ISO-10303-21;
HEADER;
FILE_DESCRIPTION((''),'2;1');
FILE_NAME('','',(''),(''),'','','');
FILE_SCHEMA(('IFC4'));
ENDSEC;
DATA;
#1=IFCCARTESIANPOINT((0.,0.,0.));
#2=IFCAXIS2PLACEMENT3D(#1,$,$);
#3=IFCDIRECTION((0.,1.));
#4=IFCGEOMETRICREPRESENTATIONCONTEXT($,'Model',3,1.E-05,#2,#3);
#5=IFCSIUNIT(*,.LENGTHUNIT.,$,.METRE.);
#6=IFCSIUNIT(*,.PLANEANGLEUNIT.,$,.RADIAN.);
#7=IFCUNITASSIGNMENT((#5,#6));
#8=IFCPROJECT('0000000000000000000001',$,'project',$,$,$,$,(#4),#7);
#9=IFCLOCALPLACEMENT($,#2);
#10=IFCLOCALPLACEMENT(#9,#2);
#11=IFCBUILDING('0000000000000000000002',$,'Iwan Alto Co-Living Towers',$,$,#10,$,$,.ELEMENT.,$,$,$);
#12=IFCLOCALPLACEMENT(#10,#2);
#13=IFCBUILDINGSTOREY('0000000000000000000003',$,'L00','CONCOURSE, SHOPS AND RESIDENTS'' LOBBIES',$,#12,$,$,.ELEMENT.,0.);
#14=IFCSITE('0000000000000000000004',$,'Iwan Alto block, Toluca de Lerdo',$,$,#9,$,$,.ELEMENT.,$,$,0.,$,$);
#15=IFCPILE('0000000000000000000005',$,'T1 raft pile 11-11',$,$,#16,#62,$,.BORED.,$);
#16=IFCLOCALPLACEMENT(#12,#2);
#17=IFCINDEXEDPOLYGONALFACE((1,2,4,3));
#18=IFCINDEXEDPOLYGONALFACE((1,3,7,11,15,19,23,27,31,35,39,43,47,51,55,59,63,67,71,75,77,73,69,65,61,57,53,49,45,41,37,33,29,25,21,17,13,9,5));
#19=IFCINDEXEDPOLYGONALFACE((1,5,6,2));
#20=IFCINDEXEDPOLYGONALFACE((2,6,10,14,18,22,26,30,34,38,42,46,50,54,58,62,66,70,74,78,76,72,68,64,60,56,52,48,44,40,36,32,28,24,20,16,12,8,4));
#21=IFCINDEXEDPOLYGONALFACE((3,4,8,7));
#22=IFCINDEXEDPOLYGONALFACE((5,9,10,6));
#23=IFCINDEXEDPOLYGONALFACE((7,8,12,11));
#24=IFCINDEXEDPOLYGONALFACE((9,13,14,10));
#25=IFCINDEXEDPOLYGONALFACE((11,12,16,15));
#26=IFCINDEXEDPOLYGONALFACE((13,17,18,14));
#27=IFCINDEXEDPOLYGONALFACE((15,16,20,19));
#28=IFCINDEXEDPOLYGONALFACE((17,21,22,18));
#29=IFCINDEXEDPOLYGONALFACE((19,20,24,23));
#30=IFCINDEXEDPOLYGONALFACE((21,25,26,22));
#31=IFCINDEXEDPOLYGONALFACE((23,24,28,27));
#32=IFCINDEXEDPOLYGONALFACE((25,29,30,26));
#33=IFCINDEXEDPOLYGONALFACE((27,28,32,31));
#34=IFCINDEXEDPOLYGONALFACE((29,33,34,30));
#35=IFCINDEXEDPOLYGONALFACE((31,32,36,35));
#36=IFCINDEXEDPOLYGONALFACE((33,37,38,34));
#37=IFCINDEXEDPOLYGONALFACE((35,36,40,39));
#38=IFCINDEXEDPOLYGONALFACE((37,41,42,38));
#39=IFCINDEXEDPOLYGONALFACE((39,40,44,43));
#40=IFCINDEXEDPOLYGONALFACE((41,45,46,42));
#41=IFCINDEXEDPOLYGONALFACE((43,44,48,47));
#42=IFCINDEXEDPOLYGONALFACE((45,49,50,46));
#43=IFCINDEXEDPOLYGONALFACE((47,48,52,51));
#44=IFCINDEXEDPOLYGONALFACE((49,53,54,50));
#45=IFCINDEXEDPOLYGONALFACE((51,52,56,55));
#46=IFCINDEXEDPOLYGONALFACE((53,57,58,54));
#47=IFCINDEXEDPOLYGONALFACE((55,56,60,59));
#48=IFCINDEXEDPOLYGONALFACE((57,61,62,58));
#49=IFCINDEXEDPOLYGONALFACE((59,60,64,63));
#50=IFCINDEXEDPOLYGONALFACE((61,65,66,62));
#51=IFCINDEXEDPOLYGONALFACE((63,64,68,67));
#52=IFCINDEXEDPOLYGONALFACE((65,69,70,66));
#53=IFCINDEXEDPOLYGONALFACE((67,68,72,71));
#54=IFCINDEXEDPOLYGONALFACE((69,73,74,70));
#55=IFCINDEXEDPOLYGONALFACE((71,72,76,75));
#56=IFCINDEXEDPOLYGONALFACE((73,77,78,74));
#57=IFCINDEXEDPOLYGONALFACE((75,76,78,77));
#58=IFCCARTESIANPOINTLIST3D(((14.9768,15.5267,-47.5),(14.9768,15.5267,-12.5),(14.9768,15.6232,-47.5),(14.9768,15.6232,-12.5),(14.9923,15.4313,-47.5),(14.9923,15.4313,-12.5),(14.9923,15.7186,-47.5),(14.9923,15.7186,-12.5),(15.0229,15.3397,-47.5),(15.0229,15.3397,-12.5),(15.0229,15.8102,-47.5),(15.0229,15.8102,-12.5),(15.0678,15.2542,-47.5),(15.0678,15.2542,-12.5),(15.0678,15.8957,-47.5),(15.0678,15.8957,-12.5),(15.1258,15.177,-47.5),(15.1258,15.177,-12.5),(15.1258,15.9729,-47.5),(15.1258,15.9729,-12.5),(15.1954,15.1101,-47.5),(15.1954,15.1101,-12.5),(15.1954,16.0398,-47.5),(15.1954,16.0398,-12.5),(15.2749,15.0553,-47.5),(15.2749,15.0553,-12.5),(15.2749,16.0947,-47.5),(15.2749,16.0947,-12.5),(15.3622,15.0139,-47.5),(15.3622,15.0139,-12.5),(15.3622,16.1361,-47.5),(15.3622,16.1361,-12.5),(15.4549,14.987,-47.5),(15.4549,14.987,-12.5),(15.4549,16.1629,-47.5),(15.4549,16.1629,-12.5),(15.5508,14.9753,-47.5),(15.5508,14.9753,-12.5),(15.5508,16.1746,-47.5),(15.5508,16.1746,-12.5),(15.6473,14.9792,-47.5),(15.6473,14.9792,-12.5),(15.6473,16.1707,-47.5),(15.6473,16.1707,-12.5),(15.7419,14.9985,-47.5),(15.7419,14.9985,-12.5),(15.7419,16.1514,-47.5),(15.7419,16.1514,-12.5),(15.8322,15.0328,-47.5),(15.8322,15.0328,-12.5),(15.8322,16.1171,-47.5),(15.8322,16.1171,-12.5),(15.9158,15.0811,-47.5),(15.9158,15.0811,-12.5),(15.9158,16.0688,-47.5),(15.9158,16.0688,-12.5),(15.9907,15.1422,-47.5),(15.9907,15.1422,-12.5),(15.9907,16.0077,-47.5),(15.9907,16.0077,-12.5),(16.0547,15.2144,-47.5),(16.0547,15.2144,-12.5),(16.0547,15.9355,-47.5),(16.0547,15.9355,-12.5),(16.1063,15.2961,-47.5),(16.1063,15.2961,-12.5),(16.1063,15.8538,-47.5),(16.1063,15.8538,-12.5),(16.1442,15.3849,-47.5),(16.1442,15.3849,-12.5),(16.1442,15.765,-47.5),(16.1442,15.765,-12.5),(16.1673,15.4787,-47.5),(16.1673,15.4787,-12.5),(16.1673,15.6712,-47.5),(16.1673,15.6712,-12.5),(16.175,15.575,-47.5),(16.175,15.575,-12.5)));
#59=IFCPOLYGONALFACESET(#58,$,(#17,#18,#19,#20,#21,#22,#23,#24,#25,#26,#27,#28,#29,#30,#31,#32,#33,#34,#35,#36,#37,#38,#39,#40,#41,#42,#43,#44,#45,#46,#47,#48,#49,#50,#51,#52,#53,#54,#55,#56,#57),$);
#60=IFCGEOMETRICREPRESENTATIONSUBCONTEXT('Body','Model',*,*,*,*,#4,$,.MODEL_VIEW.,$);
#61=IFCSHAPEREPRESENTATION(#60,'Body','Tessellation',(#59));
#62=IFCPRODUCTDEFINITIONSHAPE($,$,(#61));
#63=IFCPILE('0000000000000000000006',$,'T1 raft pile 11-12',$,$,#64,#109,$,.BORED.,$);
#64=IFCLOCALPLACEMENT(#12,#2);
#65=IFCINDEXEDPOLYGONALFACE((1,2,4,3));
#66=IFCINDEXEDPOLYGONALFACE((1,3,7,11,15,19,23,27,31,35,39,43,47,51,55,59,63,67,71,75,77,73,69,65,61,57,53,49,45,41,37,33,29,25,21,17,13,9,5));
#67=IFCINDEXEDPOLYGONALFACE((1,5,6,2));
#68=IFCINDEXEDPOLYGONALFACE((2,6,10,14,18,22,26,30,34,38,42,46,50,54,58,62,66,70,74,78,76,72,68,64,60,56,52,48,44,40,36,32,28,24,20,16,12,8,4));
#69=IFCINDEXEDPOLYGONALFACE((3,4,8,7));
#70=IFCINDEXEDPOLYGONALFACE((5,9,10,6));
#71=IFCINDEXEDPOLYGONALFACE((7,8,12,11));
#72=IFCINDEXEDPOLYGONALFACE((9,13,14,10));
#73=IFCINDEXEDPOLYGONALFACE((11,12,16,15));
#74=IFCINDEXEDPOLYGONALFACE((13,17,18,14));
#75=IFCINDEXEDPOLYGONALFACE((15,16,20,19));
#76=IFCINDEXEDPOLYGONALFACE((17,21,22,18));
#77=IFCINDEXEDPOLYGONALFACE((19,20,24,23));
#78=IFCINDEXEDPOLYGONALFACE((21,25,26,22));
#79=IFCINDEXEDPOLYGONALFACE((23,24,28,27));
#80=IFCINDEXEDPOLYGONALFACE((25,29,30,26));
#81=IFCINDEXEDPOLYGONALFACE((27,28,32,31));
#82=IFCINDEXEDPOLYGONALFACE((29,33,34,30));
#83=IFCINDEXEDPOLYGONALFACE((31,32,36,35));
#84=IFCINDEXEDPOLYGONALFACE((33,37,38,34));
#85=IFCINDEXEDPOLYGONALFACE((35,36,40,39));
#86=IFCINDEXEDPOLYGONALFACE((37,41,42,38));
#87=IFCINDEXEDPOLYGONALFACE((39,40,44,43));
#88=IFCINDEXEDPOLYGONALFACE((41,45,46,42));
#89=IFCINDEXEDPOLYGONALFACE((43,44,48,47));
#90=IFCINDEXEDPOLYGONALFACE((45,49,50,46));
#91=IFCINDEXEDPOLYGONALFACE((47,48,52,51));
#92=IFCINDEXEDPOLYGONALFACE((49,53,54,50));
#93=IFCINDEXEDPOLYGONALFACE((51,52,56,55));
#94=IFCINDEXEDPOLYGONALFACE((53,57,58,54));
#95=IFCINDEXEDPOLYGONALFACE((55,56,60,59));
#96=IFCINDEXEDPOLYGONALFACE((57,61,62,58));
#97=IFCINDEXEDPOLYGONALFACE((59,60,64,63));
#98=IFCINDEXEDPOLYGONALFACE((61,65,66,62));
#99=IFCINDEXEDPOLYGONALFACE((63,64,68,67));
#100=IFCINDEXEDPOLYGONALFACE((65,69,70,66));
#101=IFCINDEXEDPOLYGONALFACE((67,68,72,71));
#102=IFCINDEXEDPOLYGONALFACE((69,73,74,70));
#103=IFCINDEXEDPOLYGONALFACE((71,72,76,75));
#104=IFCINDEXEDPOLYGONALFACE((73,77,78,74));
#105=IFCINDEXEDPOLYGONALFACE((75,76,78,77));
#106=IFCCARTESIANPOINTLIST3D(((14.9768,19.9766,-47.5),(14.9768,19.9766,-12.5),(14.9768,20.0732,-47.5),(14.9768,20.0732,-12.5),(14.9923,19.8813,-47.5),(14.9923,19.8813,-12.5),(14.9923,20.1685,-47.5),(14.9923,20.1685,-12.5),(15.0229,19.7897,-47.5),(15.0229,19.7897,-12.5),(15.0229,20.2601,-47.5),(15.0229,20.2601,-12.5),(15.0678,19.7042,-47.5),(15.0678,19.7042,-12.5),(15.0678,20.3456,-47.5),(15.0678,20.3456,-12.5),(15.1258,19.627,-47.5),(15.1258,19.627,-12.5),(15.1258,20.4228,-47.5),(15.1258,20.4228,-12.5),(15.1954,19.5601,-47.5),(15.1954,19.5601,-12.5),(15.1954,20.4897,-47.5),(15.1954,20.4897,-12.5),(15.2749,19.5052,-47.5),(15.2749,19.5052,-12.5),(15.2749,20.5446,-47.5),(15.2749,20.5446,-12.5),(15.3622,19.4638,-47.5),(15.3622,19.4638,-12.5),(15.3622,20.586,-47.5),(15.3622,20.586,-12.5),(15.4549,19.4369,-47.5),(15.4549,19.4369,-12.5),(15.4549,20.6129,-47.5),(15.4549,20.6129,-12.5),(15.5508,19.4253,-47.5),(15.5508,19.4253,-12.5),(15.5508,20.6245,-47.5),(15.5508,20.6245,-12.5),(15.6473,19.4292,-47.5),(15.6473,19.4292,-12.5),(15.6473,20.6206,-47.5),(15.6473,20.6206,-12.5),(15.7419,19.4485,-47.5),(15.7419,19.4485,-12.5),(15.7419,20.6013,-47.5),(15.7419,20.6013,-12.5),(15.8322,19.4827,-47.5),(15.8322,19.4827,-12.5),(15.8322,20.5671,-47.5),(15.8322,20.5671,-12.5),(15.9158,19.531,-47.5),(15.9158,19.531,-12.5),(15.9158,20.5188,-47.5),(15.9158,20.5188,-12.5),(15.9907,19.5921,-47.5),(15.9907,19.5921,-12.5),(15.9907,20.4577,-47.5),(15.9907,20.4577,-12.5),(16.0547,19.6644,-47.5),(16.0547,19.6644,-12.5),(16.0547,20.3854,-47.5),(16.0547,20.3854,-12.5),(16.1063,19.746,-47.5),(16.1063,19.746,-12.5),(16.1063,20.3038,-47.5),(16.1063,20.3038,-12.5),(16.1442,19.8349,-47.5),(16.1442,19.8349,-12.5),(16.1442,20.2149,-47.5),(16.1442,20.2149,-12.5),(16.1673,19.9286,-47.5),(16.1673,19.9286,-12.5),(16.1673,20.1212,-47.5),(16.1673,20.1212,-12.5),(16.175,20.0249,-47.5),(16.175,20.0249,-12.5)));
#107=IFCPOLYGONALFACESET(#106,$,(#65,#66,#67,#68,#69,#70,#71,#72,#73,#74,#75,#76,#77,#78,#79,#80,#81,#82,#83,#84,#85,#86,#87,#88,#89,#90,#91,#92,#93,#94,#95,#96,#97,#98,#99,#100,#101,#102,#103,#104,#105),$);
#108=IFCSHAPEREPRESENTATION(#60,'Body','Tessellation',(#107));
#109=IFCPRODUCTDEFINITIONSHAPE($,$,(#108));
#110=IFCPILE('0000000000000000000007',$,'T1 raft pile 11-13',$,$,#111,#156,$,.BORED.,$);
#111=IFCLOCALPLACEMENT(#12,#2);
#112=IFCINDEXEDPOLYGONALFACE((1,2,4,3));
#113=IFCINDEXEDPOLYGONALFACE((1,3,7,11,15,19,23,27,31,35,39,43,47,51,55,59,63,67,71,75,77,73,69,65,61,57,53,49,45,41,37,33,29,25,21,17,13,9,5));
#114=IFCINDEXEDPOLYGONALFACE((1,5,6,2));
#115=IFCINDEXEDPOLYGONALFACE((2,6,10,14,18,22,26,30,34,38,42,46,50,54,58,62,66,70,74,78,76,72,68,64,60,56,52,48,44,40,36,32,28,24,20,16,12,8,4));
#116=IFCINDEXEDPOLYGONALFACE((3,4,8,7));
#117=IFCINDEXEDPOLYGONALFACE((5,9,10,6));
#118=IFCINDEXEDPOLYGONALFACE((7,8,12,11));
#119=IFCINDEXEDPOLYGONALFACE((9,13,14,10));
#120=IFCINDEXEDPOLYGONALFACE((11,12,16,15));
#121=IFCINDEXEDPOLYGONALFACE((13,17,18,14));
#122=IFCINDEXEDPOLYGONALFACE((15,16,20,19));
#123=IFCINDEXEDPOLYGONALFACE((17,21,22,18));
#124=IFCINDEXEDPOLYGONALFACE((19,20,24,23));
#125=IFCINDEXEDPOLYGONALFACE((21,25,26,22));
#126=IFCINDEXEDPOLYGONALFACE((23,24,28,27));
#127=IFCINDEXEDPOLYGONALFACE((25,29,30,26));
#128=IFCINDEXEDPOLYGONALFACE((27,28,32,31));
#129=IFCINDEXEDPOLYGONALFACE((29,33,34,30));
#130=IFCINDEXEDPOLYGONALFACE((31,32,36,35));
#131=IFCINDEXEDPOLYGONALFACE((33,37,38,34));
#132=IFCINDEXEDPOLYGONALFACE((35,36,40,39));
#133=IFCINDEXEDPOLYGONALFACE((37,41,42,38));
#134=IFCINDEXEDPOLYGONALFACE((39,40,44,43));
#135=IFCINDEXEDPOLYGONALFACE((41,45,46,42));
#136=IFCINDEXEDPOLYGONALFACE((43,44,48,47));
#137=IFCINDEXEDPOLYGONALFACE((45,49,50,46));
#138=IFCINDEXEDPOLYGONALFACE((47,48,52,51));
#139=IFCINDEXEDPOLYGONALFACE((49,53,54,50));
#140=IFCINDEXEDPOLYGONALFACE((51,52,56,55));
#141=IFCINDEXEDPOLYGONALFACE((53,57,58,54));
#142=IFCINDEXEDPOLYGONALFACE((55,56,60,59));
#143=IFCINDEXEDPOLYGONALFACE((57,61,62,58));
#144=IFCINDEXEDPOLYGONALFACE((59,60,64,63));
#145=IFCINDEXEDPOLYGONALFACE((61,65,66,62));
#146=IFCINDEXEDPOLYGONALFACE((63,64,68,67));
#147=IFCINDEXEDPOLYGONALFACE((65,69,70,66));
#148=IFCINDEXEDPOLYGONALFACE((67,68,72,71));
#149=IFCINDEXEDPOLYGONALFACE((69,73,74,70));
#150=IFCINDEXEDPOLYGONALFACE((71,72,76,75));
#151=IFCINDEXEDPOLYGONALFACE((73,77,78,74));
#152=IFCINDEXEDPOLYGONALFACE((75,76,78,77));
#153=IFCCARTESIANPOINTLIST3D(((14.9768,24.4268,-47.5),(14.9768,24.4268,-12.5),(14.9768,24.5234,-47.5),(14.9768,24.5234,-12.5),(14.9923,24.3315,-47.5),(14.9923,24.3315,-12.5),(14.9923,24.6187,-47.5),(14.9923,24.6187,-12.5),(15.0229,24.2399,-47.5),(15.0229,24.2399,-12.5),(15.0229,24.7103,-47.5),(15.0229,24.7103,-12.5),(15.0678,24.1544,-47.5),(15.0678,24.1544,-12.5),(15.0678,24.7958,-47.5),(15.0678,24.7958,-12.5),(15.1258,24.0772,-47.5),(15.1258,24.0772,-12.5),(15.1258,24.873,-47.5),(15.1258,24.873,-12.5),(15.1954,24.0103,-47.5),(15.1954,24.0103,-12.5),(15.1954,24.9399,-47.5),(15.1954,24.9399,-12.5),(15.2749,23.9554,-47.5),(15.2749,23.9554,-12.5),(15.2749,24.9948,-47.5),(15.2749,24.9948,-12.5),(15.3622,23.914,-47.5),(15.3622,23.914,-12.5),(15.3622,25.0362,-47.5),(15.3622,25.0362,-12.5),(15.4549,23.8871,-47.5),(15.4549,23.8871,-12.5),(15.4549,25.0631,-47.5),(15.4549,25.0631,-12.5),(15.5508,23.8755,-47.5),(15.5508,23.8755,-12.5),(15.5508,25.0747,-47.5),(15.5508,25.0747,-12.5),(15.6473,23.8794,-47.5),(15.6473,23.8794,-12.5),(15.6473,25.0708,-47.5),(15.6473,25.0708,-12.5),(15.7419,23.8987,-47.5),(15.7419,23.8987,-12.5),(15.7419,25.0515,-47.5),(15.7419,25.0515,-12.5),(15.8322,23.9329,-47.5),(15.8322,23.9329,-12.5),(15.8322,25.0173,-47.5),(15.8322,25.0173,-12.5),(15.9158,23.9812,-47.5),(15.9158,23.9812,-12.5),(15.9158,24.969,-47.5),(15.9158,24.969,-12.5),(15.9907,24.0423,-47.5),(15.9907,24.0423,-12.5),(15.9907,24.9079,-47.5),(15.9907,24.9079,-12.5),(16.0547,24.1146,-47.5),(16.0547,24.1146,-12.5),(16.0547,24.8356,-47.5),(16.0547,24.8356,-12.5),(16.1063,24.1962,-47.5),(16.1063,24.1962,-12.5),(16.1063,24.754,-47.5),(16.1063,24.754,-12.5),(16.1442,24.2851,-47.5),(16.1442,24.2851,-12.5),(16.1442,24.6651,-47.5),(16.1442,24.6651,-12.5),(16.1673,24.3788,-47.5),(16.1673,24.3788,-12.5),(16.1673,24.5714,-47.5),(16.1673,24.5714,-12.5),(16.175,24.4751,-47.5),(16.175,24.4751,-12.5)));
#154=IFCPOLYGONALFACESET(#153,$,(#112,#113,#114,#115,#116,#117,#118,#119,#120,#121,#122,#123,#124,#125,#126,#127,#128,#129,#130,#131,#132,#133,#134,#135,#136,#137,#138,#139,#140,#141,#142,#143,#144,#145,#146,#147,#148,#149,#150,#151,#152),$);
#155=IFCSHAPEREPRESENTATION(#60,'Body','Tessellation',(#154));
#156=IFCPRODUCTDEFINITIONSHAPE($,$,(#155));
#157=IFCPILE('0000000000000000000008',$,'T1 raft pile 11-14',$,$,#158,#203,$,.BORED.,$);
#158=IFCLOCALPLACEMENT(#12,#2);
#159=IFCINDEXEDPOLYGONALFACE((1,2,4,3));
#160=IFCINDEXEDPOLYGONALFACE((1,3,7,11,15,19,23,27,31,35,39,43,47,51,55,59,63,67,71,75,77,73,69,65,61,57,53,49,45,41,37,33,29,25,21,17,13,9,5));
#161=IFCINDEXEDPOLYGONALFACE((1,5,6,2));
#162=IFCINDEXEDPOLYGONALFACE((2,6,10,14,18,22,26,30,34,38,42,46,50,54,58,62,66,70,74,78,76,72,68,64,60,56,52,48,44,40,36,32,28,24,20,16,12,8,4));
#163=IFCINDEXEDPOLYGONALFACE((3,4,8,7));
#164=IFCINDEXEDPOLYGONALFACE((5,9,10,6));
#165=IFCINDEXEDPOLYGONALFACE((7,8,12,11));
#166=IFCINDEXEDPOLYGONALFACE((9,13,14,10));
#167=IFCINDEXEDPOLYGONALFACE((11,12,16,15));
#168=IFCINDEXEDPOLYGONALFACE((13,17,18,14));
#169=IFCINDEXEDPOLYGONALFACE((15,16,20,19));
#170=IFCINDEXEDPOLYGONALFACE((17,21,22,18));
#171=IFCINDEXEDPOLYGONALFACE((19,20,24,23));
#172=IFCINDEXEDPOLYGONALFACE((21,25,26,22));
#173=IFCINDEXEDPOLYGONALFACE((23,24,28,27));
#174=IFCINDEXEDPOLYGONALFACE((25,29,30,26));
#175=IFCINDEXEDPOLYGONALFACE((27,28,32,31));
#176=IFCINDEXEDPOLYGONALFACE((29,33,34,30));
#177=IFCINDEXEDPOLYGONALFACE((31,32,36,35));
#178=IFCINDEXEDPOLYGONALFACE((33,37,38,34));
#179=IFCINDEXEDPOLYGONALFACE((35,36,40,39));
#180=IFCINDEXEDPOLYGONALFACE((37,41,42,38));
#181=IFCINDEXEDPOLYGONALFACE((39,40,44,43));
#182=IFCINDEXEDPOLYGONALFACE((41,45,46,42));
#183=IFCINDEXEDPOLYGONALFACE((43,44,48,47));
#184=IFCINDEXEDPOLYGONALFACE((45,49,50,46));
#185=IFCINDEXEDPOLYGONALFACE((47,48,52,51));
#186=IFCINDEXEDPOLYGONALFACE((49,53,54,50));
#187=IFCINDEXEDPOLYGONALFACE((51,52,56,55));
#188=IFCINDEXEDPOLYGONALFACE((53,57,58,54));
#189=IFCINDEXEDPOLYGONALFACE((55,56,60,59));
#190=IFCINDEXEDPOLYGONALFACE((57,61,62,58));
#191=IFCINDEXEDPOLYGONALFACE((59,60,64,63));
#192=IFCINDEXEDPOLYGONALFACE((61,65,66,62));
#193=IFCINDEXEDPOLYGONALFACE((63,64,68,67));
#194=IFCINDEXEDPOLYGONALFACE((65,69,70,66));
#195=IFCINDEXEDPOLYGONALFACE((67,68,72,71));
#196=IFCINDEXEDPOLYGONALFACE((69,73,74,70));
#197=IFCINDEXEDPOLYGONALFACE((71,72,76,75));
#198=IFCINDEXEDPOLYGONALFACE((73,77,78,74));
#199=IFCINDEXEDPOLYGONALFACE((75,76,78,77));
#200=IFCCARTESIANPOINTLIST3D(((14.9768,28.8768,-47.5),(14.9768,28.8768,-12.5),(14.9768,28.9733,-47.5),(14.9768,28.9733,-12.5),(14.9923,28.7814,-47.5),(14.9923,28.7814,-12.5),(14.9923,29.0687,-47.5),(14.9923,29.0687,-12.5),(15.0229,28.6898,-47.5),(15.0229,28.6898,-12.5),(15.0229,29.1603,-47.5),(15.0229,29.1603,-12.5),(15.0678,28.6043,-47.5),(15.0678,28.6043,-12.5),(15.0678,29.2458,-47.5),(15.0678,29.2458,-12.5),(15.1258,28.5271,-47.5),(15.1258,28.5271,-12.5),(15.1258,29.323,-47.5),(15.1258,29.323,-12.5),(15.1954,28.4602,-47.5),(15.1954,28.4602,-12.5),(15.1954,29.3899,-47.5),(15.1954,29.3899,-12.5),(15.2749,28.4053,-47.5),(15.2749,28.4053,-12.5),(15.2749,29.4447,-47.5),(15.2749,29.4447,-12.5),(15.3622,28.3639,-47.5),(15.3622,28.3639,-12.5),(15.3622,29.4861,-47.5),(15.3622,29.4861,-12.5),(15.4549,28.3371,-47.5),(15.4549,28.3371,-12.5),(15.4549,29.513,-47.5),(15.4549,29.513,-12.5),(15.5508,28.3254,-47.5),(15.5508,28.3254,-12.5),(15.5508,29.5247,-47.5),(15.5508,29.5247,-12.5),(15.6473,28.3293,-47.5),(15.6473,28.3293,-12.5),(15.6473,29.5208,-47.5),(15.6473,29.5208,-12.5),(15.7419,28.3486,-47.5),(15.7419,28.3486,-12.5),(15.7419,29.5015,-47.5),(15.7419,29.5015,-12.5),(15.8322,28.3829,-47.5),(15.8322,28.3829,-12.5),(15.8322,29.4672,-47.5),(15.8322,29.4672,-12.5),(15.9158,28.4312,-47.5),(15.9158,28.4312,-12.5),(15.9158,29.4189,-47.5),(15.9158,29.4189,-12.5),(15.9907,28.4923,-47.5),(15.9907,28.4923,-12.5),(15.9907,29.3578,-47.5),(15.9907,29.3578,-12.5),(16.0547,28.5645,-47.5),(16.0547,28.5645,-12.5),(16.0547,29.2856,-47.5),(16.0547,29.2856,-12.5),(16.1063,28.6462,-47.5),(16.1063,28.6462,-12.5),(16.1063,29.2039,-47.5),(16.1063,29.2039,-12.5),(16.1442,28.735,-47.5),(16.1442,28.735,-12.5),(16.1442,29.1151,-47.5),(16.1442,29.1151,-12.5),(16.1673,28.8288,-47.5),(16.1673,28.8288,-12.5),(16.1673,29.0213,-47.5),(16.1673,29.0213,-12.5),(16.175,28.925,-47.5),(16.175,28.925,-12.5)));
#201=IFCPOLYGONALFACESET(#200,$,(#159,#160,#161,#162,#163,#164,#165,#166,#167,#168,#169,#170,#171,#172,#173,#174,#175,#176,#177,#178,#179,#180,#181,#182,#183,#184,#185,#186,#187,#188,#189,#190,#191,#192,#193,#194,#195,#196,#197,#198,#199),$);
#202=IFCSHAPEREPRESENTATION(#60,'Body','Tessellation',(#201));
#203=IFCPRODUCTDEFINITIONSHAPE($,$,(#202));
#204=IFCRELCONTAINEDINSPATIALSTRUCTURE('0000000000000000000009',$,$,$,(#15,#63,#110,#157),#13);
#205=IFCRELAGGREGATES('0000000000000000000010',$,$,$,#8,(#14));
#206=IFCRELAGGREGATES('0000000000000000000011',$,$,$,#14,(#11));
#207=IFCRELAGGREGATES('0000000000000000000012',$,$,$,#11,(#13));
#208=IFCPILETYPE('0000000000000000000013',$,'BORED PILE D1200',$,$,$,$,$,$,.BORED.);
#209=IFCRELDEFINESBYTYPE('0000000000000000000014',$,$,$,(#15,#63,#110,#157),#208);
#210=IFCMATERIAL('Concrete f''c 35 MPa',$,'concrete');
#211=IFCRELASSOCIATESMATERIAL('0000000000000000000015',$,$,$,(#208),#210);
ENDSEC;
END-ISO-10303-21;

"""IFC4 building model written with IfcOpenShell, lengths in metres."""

from ifc_helpers import new_model, si_unit, direction, frame, origin, origin_2d, place, context, subcontext, project, spatial, circle, extrude, material, material_profile, profile_set, type_object, element, save


model = new_model("IFC4")

# Units and contexts
model_context = context("Model", 3, precision=1e-05, world=origin(), true_north=direction((0.0, 1.0)))
body_context = subcontext(model_context, "Body", "Model", "MODEL_VIEW")
ifc_project = project(units=[si_unit("LENGTHUNIT", "METRE"), si_unit("PLANEANGLEUNIT", "RADIAN")], contexts=[model_context])

# Site, building, storey
site_placement = place(None, origin())
site = spatial("IfcSite", under=ifc_project, at=site_placement, Name="Iwan Alto block, Toluca de Lerdo", CompositionType="ELEMENT", RefElevation=0.0)
building_placement = place(site_placement, origin())
building = spatial("IfcBuilding", under=site, at=building_placement, Name="Iwan Alto Co-Living Towers", CompositionType="ELEMENT")
storey_placement = place(building_placement, origin())
storey = spatial("IfcBuildingStorey", under=building, at=storey_placement, Name="L00", Description="CONCOURSE, SHOPS AND RESIDENTS' LOBBIES", CompositionType="ELEMENT", Elevation=0.0)

# Piles
ifc_material_1 = material(Name="Concrete f'c 35 MPa", Category="concrete")
ifc_material_profile_1 = material_profile(ifc_material_1, circle(Radius=0.6001, at=origin_2d()), Name="D1200")
ifc_profile_set_1 = profile_set([ifc_material_profile_1], Name="Concrete f'c 35 MPa")
pile_type = type_object("IfcPileType", Name="BORED PILE D1200", PredefinedType="BORED", material=ifc_profile_set_1)
for number, where, z_axis, x_axis, name in (
    (1, (15.575, 15.575, -12.5), (0.0, 0.0, -1.0), (1.0, 0.0, 0.0), "T1 raft pile 11-11"),
    (2, (15.575, 20.0249, -12.5), (0.0, 0.0, -1.0), (1.0, 0.0, 0.0), "T1 raft pile 11-12"),
    (3, (15.575, 24.4751, -12.5), (0.0, 0.0, -1.0), (1.0, 0.0, 0.0), "T1 raft pile 11-13"),
    (4, (15.575, 28.925, -12.5), (0.0, 0.0, -1.0), (1.0, 0.0, 0.0), "T1 raft pile 11-14"),
):
    element("IfcPile", number, at=place(storey_placement, frame(where, z_axis=z_axis, x_axis=x_axis)), inside=storey, type_object=pile_type, Name=name, PredefinedType="BORED", context=body_context, shape_type="SweptSolid", body=[
        extrude(circle(Radius=0.6001, at=origin_2d()), origin(), (0.0, 0.0, 1.0), 35.0),
    ])

save(model, "model.ifc")
